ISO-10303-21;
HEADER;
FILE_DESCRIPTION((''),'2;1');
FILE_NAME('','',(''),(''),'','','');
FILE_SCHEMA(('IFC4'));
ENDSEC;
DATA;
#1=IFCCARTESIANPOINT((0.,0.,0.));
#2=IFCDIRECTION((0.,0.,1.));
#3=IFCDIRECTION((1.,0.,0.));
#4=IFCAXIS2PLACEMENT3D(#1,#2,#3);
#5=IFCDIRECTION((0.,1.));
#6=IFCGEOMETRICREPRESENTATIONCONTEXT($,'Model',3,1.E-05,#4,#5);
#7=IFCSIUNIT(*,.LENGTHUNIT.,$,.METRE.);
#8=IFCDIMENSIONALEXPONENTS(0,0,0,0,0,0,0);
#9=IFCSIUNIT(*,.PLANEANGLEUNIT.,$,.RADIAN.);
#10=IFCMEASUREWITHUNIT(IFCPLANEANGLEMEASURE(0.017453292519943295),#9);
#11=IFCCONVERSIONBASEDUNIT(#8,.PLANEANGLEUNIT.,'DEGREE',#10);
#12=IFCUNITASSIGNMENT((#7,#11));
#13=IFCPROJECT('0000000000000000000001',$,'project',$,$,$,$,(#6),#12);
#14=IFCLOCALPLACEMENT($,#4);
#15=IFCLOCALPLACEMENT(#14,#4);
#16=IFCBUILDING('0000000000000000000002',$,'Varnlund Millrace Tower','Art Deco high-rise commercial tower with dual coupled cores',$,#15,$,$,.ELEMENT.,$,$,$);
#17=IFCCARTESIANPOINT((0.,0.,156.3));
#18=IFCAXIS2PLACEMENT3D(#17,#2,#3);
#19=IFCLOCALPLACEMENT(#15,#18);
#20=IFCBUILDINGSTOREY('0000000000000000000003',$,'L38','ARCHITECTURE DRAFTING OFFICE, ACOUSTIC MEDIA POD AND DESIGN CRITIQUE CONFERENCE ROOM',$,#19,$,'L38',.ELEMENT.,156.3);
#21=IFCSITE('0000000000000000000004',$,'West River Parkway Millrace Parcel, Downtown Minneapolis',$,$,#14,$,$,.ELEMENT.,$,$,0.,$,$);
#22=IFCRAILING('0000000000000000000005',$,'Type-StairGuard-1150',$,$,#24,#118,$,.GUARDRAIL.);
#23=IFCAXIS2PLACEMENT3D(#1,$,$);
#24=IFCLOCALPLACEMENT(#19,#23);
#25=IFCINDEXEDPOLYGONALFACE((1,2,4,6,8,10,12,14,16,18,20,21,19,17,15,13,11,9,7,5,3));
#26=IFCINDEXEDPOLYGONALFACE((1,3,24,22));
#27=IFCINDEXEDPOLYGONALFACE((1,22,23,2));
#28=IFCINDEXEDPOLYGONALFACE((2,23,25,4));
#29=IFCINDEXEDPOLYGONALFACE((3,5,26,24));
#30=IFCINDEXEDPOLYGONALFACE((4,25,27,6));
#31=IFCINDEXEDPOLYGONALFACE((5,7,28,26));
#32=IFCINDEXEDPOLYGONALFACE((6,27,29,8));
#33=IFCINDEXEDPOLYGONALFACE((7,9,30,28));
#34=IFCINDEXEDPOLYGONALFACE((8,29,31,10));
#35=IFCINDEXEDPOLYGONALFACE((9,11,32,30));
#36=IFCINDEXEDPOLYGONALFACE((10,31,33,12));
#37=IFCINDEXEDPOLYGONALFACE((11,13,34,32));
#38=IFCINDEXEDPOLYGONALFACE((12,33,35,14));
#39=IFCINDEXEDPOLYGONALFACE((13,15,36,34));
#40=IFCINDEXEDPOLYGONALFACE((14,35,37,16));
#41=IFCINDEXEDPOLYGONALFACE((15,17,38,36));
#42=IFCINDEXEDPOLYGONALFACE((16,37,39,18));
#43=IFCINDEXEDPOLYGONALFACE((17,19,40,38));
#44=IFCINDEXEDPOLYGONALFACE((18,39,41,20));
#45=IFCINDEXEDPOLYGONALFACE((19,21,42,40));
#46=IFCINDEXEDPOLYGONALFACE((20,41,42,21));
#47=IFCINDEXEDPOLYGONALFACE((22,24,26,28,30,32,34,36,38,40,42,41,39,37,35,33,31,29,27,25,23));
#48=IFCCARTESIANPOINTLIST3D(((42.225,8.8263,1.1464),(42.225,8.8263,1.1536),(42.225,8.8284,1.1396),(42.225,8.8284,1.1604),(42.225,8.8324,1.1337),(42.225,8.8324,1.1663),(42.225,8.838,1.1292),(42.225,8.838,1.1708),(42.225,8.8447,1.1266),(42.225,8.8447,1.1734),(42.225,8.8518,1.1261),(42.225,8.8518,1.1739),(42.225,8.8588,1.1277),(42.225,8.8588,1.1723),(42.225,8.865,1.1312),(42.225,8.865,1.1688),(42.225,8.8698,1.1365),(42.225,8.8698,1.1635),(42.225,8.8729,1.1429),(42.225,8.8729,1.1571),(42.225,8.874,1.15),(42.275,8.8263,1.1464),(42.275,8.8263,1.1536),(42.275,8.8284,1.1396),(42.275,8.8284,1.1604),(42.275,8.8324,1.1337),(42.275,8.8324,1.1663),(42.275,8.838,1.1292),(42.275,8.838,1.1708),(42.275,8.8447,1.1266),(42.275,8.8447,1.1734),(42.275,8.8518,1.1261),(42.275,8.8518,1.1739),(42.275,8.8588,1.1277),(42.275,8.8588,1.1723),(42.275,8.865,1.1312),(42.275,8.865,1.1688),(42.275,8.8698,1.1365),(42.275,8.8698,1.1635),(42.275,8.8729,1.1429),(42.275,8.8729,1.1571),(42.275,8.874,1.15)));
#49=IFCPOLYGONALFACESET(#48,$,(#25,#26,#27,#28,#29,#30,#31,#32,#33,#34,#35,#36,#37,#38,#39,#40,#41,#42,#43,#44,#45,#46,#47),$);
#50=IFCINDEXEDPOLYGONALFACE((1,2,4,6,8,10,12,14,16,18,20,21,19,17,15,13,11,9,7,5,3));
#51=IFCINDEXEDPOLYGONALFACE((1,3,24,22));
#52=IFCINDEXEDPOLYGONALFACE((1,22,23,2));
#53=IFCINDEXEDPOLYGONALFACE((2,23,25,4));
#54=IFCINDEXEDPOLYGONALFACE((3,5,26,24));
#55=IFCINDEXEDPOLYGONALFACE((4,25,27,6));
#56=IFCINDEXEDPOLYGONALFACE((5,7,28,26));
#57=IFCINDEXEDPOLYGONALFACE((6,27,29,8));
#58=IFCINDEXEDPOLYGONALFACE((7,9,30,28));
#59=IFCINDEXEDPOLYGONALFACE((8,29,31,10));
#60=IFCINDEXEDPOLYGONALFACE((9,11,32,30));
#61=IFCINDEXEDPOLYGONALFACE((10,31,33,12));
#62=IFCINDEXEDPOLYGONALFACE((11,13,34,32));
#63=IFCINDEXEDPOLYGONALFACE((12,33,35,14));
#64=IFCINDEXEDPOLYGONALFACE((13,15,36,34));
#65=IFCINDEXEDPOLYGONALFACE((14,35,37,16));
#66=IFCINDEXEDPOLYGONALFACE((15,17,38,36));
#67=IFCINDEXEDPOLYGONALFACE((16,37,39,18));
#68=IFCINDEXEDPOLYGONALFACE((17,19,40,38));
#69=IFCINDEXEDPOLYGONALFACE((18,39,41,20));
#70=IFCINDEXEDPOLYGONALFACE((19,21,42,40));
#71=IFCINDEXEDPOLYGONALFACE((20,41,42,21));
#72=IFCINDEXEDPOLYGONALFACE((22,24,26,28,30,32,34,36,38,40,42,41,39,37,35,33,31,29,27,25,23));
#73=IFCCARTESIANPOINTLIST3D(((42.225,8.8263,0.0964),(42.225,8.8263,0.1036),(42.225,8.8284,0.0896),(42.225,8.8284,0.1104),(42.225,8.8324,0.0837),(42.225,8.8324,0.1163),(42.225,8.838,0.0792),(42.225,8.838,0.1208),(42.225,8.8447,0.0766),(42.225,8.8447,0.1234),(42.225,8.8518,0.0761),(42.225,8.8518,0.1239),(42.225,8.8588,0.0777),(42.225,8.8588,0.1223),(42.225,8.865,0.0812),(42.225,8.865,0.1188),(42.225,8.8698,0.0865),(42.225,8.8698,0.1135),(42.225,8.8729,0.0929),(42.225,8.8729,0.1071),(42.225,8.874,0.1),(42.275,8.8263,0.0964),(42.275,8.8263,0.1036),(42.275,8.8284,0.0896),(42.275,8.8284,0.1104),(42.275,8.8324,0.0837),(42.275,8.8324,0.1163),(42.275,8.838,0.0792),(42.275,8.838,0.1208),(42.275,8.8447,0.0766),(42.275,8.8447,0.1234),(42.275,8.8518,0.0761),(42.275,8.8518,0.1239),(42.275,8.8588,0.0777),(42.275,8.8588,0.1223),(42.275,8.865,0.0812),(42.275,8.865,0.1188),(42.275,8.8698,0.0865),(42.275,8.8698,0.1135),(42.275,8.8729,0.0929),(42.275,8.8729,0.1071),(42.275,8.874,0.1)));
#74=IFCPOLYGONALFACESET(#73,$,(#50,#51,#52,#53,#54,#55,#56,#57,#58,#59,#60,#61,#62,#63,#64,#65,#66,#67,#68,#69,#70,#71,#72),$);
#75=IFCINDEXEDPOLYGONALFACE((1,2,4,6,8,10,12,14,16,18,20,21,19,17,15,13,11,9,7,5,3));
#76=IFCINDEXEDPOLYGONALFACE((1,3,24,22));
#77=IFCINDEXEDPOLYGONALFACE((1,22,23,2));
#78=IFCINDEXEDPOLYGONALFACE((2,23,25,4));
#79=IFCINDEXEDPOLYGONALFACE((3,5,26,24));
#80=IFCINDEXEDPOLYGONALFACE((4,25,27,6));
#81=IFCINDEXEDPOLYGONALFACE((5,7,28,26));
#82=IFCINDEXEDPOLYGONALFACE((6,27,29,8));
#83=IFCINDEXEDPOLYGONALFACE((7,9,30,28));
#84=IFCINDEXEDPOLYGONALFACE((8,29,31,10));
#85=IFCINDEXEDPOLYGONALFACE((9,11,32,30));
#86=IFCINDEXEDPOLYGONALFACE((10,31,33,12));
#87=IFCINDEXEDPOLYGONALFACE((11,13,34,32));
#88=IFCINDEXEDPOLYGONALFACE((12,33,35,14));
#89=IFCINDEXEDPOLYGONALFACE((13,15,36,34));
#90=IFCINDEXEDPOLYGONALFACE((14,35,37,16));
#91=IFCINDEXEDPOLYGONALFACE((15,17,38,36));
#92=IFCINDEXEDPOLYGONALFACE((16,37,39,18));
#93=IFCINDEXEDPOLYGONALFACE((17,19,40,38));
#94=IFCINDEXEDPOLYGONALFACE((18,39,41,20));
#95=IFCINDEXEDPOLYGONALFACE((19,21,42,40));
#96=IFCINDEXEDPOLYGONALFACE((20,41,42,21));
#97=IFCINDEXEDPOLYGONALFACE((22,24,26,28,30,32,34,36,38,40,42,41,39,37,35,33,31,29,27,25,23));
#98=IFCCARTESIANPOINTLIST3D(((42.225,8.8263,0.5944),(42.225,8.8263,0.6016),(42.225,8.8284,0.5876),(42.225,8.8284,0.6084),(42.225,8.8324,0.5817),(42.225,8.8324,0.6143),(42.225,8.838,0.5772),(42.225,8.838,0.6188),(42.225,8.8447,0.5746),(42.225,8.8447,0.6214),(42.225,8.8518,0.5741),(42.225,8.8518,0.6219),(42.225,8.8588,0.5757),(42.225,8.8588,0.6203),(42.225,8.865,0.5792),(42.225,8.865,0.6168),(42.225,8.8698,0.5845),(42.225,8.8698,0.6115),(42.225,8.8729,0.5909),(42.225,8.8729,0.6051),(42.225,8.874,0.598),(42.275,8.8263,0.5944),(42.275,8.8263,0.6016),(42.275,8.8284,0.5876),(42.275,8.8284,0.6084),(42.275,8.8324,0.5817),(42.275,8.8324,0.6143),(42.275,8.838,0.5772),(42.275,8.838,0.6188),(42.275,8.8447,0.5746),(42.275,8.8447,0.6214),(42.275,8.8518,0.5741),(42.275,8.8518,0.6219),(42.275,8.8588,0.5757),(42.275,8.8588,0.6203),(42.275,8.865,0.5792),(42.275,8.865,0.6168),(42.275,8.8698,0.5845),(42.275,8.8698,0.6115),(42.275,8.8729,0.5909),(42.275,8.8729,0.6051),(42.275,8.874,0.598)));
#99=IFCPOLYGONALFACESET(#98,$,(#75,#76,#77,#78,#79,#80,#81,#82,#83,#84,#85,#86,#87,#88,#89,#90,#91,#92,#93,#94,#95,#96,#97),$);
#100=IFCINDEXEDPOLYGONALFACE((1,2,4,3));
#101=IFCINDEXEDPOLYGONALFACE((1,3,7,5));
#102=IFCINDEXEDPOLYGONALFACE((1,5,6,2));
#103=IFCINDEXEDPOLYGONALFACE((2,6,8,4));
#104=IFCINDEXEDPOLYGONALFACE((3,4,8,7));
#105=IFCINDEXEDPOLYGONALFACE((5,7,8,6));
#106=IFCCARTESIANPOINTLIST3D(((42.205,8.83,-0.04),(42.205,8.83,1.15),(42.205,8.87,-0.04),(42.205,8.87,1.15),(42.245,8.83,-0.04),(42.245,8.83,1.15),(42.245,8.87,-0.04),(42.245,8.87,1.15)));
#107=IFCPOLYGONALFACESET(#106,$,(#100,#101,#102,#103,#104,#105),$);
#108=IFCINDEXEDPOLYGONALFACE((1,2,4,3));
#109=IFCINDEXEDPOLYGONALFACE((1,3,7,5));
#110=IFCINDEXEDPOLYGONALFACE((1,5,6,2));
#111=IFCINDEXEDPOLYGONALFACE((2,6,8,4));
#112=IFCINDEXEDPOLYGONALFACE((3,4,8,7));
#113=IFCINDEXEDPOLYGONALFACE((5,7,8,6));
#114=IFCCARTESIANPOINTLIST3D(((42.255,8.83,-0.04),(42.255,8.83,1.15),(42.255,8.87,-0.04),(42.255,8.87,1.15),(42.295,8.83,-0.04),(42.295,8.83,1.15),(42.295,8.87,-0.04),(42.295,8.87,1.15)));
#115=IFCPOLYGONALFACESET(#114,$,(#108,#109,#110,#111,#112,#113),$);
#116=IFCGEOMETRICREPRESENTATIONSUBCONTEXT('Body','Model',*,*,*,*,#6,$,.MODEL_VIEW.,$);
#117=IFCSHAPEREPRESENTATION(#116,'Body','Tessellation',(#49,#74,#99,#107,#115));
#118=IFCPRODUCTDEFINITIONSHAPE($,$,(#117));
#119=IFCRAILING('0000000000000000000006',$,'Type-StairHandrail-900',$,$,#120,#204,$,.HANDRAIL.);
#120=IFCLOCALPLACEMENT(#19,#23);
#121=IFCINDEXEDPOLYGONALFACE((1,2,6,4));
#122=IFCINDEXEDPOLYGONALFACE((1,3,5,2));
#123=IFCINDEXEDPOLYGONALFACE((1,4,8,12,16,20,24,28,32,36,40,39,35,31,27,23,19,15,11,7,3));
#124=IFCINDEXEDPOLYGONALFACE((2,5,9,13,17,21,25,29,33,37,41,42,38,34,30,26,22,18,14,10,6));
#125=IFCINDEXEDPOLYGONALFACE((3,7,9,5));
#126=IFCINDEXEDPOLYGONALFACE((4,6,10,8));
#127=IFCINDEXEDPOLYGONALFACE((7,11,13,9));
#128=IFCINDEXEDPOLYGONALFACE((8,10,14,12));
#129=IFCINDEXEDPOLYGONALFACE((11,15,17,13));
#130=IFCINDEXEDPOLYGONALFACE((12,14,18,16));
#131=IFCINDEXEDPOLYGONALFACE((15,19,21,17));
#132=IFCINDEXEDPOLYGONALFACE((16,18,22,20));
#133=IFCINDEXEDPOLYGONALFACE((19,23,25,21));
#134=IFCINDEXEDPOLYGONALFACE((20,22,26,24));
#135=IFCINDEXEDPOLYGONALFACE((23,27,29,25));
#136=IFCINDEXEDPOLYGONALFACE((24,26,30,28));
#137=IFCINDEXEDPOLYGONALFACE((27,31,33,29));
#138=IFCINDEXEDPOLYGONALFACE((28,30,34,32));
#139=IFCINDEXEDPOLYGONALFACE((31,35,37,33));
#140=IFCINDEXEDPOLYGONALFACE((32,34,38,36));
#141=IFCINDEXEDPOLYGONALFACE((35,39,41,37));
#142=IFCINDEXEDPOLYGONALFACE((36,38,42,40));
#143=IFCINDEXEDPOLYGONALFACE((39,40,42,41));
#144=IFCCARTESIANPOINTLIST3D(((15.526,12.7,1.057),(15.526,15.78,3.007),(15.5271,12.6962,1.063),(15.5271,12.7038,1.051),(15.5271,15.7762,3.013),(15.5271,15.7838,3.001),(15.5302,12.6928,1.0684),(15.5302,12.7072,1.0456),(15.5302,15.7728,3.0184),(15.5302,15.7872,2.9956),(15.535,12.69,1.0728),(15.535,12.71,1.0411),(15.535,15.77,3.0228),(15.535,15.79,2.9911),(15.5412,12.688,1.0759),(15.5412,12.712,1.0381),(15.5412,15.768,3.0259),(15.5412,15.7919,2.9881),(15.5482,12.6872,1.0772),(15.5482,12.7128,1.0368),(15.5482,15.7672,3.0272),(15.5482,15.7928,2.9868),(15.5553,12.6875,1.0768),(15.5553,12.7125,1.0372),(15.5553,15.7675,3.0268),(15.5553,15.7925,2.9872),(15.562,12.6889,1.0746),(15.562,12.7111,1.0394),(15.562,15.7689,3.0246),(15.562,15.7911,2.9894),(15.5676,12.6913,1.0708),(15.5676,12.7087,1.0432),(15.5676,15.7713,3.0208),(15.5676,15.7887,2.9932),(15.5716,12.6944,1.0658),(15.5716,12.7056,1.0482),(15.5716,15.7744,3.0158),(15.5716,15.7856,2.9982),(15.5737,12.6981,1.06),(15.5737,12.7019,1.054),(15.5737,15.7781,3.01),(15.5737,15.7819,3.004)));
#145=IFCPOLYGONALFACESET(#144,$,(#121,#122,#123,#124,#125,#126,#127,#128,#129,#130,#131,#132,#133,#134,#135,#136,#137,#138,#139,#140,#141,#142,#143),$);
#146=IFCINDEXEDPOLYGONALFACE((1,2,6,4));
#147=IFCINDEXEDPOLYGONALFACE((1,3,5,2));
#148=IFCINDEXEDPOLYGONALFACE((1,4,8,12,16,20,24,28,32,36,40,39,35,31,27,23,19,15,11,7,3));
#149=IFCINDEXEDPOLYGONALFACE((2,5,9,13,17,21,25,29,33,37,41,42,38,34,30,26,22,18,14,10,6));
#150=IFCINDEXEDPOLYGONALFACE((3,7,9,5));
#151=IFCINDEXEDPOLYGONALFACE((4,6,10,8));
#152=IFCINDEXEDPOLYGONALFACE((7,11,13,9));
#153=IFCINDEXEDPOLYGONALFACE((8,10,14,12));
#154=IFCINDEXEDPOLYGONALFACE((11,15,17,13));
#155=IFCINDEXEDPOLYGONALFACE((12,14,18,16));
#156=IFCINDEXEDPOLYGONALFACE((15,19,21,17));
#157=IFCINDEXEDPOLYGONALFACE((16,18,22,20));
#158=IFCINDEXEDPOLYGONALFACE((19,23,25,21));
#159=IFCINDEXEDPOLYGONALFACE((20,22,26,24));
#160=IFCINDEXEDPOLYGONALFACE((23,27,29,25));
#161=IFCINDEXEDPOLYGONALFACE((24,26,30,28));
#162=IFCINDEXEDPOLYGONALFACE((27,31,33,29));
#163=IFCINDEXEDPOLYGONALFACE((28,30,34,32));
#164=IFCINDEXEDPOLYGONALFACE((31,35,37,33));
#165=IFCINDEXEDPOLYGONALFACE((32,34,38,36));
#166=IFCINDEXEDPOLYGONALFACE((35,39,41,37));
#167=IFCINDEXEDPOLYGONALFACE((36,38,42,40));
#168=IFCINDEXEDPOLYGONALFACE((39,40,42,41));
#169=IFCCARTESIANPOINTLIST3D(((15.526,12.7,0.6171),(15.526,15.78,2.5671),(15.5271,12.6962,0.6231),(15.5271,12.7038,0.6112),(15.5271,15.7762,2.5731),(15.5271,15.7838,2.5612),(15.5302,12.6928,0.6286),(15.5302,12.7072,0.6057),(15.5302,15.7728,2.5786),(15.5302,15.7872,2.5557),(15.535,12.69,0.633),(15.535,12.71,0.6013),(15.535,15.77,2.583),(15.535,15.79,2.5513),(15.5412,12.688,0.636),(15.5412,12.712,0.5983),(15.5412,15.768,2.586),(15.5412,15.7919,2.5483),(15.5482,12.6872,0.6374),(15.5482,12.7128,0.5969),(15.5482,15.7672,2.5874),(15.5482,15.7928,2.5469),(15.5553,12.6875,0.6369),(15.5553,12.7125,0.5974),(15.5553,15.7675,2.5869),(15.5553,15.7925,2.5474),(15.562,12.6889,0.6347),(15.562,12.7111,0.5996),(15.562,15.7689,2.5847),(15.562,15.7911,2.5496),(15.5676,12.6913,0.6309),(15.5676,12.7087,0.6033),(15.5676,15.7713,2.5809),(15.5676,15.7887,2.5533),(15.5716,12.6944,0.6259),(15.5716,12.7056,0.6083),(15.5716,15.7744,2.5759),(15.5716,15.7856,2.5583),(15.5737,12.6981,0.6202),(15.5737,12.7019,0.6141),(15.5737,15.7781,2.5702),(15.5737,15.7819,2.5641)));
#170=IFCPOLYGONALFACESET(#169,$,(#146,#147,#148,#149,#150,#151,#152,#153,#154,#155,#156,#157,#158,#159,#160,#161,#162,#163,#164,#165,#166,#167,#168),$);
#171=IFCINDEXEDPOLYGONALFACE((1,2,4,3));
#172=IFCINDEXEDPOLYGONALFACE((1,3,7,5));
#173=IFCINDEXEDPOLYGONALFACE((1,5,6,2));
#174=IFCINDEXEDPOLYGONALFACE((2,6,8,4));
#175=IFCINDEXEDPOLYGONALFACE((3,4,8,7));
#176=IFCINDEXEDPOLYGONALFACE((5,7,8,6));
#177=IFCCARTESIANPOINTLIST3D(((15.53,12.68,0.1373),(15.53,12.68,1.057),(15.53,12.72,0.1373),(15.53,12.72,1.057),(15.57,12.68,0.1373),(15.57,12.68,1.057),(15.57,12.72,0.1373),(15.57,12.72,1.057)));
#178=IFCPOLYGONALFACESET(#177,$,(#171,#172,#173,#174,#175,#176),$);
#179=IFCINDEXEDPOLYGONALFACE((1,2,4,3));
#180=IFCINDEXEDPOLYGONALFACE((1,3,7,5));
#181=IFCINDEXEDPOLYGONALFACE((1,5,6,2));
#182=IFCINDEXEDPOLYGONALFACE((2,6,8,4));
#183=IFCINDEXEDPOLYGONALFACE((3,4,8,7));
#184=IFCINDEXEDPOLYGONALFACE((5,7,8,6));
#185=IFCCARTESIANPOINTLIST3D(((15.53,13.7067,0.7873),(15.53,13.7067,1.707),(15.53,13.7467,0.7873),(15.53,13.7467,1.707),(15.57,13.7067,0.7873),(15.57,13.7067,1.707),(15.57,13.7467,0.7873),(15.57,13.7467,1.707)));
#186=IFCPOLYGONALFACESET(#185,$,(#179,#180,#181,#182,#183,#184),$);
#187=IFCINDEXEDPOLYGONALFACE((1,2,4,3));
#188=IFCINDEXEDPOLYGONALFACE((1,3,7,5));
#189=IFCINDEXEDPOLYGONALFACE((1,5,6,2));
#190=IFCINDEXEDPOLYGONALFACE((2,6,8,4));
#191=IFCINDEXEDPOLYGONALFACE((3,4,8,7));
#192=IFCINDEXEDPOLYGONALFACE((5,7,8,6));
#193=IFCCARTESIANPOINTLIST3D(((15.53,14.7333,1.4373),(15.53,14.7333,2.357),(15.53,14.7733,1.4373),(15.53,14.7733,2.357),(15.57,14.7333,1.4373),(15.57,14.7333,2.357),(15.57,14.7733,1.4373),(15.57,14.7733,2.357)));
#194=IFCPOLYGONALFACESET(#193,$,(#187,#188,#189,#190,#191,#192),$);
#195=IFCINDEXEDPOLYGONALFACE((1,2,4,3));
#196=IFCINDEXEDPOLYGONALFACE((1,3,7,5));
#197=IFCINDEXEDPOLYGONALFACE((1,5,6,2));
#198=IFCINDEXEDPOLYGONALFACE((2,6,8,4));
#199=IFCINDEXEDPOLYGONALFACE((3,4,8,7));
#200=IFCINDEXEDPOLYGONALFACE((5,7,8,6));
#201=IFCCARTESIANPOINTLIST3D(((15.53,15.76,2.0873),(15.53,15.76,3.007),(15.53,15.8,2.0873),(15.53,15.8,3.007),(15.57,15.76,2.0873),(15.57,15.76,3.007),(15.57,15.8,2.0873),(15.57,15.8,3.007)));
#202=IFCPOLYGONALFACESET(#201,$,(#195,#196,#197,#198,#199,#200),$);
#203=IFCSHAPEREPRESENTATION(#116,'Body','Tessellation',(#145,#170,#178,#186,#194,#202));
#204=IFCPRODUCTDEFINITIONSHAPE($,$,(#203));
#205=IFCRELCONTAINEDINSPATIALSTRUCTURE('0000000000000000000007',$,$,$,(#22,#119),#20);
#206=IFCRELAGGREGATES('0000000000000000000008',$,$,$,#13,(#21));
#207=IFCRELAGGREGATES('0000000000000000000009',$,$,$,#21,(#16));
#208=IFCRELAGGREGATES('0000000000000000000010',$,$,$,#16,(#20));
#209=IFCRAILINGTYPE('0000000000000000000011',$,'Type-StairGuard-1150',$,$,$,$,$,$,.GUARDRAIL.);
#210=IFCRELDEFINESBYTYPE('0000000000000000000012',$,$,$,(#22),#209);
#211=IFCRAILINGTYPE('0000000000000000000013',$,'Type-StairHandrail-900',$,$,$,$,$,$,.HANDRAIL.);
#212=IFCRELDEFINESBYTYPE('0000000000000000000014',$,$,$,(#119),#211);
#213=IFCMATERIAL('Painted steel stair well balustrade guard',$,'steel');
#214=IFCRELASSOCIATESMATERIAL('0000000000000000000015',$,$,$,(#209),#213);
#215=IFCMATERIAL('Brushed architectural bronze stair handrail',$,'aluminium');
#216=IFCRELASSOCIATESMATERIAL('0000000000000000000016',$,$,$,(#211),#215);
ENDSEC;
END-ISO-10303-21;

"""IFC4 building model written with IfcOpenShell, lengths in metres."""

from ifc_helpers import new_model, entity, si_unit, converted_unit, direction, frame, origin_with_axes, origin_2d_with_axis, place, context, subcontext, project, spatial, rectangle, circle, extrude, material, type_object, element, save


model = new_model("IFC4")

# Units and contexts
model_context = context("Model", 3, precision=1e-05, world=origin_with_axes(), true_north=direction((0.0, 1.0)))
body_context = subcontext(model_context, "Body", "Model", "MODEL_VIEW")
ifc_project = project(units=[si_unit("LENGTHUNIT", "METRE"), converted_unit("PLANEANGLEUNIT", "DEGREE", entity("IfcPlaneAngleMeasure", 0.017453292519943295), si_unit("PLANEANGLEUNIT", "RADIAN"), dimensions=[0, 0, 0, 0, 0, 0, 0])], contexts=[model_context])

# Site, building, storey
site_placement = place(None, origin_with_axes())
site = spatial("IfcSite", under=ifc_project, at=site_placement, Name="West River Parkway Millrace Parcel, Downtown Minneapolis", CompositionType="ELEMENT", RefElevation=0.0)
building_placement = place(site_placement, origin_with_axes())
building = spatial("IfcBuilding", under=site, at=building_placement, Name="Varnlund Millrace Tower", Description="Art Deco high-rise commercial tower with dual coupled cores", CompositionType="ELEMENT")
storey_placement = place(building_placement, frame((0.0, 0.0, 156.3), z_axis=(0.0, 0.0, 1.0), x_axis=(1.0, 0.0, 0.0)))
storey = spatial("IfcBuildingStorey", under=building, at=storey_placement, Name="L38", Description="ARCHITECTURE DRAFTING OFFICE, ACOUSTIC MEDIA POD AND DESIGN CRITIQUE CONFERENCE ROOM", LongName="L38", CompositionType="ELEMENT", Elevation=156.3)

# Railings
ifc_material_1 = material(Name="Painted steel stair well balustrade guard", Category="steel")
railing_type_1 = type_object("IfcRailingType", Name="Type-StairGuard-1150", PredefinedType="GUARDRAIL", material=ifc_material_1)
railing_1_placement = place(storey_placement, frame((0.0, 0.0, -156.3), z_axis=(0.0, 0.0, 1.0), x_axis=(1.0, 0.0, 0.0)))
element("IfcRailing", 1, at=railing_1_placement, inside=storey, type_object=railing_type_1, Name="Type-StairGuard-1150", PredefinedType="GUARDRAIL", context=body_context, shape_type="SweptSolid", body=[
    extrude(circle(Radius=0.024, at=origin_2d_with_axis()), frame((42.225, 8.85, 157.45), z_axis=(1.0, 0.0, 0.0), x_axis=(0.0, 1.0, 0.0)), (0.0, 0.0, 1.0), 0.05),
    extrude(circle(Radius=0.024, at=origin_2d_with_axis()), frame((42.225, 8.85, 156.4), z_axis=(1.0, 0.0, 0.0), x_axis=(0.0, 1.0, 0.0)), (0.0, 0.0, 1.0), 0.05),
    extrude(circle(Radius=0.024, at=origin_2d_with_axis()), frame((42.225, 8.85, 156.898), z_axis=(1.0, 0.0, 0.0), x_axis=(0.0, 1.0, 0.0)), (0.0, 0.0, 1.0), 0.05),
    extrude(rectangle(XDim=0.04, YDim=0.04, at=origin_2d_with_axis()), frame((42.225, 8.85, 156.26), z_axis=(0.0, 0.0, 1.0), x_axis=(1.0, 0.0, 0.0)), (0.0, 0.0, 1.0), 1.19),
    extrude(rectangle(XDim=0.04, YDim=0.04, at=origin_2d_with_axis()), frame((42.275, 8.85, 156.26), z_axis=(0.0, 0.0, 1.0), x_axis=(1.0, 0.0, 0.0)), (0.0, 0.0, 1.0), 1.19),
])
ifc_material_2 = material(Name="Brushed architectural bronze stair handrail", Category="aluminium")
railing_type_2 = type_object("IfcRailingType", Name="Type-StairHandrail-900", PredefinedType="HANDRAIL", material=ifc_material_2)
railing_2_placement = place(storey_placement, frame((0.0, 0.0, -156.3), z_axis=(0.0, 0.0, 1.0), x_axis=(1.0, 0.0, 0.0)))
element("IfcRailing", 2, at=railing_2_placement, inside=storey, type_object=railing_type_2, Name="Type-StairHandrail-900", PredefinedType="HANDRAIL", context=body_context, shape_type="SweptSolid", body=[
    extrude(circle(Radius=0.024, at=origin_2d_with_axis()), frame((15.55, 12.7, 157.357), z_axis=(0.0, 0.844902, 0.534922), x_axis=(-1.0, 0.0, 0.0)), (0.0, 0.0, 1.0), 3.6454),
    extrude(circle(Radius=0.024, at=origin_2d_with_axis()), frame((15.55, 12.7, 156.9171), z_axis=(0.0, 0.844902, 0.534922), x_axis=(-1.0, 0.0, 0.0)), (0.0, 0.0, 1.0), 3.6454),
    extrude(rectangle(XDim=0.04, YDim=0.04, at=origin_2d_with_axis()), frame((15.55, 12.7, 156.4373), z_axis=(0.0, 0.0, 1.0), x_axis=(1.0, 0.0, 0.0)), (0.0, 0.0, 1.0), 0.9197),
    extrude(rectangle(XDim=0.04, YDim=0.04, at=origin_2d_with_axis()), frame((15.55, 13.7267, 157.0873), z_axis=(0.0, 0.0, 1.0), x_axis=(1.0, 0.0, 0.0)), (0.0, 0.0, 1.0), 0.9197),
    extrude(rectangle(XDim=0.04, YDim=0.04, at=origin_2d_with_axis()), frame((15.55, 14.7533, 157.7373), z_axis=(0.0, 0.0, 1.0), x_axis=(1.0, 0.0, 0.0)), (0.0, 0.0, 1.0), 0.9197),
    extrude(rectangle(XDim=0.04, YDim=0.04, at=origin_2d_with_axis()), frame((15.55, 15.78, 158.3873), z_axis=(0.0, 0.0, 1.0), x_axis=(1.0, 0.0, 0.0)), (0.0, 0.0, 1.0), 0.9197),
])

save(model, "model.ifc")
